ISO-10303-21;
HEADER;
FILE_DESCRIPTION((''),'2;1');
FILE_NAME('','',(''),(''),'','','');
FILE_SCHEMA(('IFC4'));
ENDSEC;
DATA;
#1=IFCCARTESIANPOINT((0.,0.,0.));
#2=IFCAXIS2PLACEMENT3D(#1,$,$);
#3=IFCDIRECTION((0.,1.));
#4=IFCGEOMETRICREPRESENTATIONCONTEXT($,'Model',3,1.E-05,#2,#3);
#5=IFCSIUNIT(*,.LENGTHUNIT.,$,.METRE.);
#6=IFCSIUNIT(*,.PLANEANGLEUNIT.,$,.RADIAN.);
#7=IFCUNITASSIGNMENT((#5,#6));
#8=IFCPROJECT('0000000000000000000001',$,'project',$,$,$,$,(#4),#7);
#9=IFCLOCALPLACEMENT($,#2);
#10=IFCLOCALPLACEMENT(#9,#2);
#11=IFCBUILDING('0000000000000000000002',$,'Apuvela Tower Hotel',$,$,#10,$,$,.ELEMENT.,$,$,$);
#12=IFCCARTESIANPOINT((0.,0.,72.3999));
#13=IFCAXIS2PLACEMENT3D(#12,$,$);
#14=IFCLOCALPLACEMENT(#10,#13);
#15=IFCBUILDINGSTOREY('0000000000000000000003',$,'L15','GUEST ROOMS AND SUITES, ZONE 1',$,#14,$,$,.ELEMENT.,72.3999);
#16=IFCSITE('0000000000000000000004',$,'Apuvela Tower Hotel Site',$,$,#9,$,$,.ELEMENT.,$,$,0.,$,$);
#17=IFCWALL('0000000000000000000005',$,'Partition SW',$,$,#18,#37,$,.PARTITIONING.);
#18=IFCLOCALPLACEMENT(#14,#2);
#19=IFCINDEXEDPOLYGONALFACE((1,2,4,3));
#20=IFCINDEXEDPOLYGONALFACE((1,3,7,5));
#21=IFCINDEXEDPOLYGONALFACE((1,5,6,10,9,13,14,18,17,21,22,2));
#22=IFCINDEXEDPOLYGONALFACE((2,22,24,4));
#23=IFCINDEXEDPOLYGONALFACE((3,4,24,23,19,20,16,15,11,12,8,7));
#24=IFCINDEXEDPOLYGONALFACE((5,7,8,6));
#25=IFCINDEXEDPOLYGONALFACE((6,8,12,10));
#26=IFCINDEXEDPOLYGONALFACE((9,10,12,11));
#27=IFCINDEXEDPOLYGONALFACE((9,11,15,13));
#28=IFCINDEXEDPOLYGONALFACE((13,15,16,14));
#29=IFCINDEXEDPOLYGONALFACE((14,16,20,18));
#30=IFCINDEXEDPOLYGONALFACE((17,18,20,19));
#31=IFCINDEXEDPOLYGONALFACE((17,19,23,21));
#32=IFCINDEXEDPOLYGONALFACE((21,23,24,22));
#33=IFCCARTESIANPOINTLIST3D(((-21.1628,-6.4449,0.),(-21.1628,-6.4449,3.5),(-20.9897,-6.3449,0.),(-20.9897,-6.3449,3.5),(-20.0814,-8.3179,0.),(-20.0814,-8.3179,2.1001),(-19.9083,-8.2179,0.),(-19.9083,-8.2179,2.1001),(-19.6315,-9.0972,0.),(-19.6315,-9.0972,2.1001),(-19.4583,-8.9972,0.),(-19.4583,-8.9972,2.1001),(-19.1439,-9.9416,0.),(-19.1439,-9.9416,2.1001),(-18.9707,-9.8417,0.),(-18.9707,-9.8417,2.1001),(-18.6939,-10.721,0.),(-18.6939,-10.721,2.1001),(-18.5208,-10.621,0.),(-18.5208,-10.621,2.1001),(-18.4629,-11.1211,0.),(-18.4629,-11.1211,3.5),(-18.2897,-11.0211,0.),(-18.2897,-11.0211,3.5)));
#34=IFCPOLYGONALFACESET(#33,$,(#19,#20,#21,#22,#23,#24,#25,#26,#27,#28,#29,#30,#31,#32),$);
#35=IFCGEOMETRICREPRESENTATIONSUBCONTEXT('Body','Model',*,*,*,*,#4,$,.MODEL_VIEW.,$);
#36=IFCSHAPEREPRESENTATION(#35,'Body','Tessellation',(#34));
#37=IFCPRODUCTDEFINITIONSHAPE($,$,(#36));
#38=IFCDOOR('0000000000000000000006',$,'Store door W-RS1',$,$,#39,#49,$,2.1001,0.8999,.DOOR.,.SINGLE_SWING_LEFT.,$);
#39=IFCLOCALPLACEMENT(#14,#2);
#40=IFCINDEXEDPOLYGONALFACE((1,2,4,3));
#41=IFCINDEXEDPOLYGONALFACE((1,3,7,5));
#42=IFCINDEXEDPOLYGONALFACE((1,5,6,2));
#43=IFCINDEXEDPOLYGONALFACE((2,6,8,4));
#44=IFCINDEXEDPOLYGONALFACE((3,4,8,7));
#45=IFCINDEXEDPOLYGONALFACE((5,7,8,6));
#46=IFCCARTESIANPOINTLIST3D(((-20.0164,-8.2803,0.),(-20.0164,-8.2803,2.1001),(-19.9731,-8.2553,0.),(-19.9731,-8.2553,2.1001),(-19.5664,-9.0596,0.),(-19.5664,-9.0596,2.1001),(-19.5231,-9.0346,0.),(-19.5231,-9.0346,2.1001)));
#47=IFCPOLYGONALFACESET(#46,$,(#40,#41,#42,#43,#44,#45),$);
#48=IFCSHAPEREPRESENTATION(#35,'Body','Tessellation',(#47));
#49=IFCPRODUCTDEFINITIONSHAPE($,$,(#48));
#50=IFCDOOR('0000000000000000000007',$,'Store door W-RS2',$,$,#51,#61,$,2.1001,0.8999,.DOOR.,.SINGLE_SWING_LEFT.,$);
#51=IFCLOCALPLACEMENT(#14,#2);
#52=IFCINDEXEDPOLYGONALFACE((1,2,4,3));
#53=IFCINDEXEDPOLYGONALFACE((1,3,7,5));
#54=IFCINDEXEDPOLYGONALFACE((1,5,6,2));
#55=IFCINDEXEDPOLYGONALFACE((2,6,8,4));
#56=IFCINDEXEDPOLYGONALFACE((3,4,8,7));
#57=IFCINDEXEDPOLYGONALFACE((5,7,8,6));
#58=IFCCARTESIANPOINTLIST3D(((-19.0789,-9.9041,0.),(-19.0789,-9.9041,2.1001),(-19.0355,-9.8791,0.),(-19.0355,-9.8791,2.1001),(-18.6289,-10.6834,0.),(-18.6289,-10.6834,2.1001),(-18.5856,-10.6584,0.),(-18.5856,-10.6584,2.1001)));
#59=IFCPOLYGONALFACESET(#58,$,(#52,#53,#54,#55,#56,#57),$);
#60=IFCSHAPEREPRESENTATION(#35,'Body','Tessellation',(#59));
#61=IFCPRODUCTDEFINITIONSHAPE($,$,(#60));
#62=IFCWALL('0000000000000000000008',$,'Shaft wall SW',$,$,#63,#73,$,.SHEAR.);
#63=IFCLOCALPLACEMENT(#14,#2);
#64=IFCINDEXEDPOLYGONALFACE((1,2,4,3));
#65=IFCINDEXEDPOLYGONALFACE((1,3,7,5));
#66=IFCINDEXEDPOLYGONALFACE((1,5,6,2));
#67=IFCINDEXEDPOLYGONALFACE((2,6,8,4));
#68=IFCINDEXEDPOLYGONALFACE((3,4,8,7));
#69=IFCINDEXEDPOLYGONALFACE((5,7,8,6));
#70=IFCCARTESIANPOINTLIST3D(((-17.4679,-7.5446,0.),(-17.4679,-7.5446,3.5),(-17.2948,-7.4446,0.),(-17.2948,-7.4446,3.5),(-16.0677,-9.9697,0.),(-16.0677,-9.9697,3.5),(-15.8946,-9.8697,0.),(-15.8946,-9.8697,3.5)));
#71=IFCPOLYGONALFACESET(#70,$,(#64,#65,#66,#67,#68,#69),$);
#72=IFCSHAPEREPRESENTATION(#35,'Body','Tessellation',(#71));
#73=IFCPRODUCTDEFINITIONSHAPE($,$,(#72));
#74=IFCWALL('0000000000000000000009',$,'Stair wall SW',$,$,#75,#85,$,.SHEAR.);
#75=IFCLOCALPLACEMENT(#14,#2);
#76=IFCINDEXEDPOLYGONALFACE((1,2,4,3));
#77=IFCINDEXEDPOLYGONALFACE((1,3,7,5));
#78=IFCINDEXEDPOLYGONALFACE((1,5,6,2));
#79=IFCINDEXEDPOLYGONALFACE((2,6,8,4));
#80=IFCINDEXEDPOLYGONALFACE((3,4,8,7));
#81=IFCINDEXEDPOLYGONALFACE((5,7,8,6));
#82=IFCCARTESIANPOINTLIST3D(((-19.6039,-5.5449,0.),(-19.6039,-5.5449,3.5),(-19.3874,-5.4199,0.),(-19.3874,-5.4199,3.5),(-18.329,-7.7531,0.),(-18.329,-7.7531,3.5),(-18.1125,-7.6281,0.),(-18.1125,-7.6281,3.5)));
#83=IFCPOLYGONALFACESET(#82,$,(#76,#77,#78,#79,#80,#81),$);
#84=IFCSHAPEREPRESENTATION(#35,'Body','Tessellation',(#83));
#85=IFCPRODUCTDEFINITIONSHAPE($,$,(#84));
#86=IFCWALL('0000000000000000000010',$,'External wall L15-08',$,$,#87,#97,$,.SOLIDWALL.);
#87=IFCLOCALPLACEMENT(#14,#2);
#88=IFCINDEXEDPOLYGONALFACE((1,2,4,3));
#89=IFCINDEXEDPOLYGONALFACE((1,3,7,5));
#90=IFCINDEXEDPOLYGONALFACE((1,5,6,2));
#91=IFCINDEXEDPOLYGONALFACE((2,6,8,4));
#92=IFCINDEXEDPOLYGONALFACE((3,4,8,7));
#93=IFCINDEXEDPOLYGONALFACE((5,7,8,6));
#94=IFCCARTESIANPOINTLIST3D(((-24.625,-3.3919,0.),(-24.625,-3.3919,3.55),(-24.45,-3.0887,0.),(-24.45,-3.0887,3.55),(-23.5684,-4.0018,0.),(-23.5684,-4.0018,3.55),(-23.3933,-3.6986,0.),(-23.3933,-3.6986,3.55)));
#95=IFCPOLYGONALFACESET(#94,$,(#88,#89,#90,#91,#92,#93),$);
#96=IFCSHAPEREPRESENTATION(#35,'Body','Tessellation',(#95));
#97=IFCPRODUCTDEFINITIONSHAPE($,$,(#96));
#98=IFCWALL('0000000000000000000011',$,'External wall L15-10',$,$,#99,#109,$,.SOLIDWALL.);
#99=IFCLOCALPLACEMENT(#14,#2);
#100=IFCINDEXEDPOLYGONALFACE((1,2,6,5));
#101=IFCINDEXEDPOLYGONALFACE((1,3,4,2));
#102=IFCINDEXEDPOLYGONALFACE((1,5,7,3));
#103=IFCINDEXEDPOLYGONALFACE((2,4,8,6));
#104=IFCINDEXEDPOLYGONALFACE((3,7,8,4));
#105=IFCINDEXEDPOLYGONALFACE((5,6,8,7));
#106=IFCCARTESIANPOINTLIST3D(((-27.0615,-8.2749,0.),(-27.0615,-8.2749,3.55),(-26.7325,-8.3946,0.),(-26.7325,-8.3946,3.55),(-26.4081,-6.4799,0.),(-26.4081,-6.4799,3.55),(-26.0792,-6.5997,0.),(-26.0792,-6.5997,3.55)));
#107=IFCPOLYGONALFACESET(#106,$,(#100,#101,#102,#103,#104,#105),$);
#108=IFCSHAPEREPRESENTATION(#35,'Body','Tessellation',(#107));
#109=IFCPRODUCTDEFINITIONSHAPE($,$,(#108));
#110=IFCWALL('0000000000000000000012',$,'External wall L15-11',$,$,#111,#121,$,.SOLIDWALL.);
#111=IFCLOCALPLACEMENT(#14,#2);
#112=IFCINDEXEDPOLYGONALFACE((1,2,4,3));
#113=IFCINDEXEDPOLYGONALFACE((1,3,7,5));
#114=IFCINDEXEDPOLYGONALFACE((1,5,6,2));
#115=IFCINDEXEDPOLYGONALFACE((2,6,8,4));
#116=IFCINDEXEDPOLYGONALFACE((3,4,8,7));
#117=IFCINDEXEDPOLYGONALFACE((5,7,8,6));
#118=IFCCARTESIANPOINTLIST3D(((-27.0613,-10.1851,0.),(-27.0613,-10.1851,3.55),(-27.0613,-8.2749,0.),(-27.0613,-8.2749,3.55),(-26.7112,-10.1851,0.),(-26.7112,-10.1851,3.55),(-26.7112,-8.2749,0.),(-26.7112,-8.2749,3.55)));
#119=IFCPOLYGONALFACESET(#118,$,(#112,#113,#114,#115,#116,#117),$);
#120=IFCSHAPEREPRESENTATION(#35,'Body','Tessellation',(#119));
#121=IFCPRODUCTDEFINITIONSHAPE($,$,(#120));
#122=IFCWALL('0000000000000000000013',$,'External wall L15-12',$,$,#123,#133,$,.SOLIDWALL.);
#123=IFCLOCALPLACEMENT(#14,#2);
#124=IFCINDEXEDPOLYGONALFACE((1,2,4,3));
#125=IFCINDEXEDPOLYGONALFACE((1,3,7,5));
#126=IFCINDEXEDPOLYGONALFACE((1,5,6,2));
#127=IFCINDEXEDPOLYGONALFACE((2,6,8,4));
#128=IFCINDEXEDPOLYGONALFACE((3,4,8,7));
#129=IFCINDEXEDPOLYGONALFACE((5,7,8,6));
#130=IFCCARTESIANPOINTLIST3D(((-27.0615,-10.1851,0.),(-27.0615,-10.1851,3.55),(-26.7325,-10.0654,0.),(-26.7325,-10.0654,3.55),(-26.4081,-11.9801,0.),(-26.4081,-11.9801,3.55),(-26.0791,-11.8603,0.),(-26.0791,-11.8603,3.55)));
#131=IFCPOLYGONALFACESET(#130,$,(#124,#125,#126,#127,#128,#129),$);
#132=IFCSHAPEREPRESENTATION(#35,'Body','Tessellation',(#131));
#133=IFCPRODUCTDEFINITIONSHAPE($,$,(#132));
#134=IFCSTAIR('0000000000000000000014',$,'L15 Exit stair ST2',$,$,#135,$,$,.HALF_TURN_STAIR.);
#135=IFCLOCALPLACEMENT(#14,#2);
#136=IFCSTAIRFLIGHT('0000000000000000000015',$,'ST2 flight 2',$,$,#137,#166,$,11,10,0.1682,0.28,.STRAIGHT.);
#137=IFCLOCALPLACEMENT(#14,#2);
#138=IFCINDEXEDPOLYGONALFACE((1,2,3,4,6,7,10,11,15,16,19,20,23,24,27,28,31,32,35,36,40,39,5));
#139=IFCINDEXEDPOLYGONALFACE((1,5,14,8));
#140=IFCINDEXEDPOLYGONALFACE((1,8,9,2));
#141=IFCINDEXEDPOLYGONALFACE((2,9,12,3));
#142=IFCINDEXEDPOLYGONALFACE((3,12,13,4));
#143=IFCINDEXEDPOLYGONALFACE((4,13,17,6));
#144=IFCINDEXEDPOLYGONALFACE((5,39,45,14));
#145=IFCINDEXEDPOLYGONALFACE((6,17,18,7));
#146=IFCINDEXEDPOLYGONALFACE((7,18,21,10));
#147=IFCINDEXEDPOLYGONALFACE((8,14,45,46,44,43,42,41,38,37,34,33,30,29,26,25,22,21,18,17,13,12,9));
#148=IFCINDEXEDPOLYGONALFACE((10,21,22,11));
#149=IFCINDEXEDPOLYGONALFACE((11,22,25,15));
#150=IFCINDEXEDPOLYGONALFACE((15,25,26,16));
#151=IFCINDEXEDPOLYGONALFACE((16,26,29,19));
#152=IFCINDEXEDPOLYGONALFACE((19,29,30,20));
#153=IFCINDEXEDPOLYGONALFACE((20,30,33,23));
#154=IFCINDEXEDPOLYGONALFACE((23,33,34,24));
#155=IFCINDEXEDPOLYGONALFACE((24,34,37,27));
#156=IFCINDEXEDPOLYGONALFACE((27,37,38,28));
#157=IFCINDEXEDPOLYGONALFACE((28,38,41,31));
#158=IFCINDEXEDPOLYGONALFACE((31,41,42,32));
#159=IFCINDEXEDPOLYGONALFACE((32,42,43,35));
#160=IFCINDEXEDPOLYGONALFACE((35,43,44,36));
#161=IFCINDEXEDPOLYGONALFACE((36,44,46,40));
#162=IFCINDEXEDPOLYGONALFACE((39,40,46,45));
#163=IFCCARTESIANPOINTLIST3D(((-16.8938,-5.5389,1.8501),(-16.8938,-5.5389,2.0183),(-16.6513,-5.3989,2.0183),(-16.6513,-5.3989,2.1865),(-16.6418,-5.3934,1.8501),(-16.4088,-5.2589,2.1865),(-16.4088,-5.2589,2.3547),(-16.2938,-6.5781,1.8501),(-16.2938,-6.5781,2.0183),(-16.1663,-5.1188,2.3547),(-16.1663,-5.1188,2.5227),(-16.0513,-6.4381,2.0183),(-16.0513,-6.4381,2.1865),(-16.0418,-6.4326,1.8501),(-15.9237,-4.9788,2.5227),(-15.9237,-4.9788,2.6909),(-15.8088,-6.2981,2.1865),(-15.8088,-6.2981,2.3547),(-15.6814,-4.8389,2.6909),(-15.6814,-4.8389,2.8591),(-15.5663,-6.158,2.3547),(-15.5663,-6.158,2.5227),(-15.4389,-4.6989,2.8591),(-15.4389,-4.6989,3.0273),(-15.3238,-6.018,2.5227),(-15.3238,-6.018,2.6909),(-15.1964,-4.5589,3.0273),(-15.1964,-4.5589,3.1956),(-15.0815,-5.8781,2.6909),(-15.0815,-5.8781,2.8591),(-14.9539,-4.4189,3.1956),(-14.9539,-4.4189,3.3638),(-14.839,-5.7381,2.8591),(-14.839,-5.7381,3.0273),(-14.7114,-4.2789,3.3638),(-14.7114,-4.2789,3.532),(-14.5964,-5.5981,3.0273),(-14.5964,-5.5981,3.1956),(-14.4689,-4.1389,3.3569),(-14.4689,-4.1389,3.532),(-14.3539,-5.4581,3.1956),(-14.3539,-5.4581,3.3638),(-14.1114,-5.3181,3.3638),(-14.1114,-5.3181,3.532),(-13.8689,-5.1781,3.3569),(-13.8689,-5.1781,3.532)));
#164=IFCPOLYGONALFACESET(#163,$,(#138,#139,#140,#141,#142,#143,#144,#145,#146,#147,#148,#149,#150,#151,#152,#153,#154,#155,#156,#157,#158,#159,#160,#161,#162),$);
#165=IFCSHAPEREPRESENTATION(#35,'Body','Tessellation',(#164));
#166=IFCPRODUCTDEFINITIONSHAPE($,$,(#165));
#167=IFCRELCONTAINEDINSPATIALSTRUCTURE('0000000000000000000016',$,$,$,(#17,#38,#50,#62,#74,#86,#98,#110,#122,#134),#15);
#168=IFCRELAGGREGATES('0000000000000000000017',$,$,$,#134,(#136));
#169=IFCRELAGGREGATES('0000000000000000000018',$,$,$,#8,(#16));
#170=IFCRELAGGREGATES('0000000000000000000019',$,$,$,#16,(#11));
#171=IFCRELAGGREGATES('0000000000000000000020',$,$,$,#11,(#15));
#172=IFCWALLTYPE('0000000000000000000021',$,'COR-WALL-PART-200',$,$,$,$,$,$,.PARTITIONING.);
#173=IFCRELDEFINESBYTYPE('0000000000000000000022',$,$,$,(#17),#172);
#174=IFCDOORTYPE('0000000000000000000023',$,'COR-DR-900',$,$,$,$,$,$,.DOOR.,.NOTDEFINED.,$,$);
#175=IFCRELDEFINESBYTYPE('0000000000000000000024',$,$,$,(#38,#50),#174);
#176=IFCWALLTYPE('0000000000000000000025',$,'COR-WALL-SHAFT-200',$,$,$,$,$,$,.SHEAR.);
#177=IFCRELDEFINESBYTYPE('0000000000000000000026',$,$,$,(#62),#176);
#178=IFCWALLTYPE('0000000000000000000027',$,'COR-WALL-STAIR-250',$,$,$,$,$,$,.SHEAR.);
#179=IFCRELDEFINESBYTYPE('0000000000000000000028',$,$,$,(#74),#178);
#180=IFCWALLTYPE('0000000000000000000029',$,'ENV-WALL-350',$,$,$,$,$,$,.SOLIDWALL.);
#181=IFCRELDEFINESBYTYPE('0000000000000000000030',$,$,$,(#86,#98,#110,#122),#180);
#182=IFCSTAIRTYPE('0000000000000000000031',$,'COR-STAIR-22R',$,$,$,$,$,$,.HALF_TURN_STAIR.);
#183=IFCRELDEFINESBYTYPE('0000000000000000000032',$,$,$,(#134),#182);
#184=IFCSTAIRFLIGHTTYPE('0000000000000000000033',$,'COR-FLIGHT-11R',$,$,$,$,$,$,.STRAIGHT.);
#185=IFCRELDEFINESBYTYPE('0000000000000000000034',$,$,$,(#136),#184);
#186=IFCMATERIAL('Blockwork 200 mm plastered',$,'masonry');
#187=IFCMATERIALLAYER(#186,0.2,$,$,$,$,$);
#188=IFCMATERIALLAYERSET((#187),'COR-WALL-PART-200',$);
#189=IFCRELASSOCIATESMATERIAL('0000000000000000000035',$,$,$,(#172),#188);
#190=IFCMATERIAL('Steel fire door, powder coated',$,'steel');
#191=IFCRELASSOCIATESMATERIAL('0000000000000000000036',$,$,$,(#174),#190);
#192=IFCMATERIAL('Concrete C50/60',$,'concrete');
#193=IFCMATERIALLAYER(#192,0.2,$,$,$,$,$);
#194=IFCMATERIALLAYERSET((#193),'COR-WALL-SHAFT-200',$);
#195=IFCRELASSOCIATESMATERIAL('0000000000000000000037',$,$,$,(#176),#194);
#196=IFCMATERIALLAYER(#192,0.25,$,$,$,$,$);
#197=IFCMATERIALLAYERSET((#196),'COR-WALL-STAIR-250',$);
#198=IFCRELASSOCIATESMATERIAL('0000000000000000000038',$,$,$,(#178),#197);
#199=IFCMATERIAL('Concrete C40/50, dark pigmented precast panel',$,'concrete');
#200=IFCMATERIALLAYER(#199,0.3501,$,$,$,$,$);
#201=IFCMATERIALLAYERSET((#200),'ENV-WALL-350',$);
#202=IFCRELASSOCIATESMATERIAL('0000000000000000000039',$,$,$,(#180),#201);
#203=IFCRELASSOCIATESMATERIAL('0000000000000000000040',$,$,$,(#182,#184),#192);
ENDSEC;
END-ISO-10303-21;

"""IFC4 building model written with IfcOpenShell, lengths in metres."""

from ifc_helpers import new_model, si_unit, direction, frame, frame_2d, origin, place, context, subcontext, project, spatial, polyline, rectangle, outline, extrude, material, layer, layer_set, type_object, element, fill, aggregate, save


model = new_model("IFC4")

# Units and contexts
model_context = context("Model", 3, precision=1e-05, world=origin(), true_north=direction((0.0, 1.0)))
body_context = subcontext(model_context, "Body", "Model", "MODEL_VIEW")
ifc_project = project(units=[si_unit("LENGTHUNIT", "METRE"), si_unit("PLANEANGLEUNIT", "RADIAN")], contexts=[model_context])

# Site, building, storey
site_placement = place(None, origin())
site = spatial("IfcSite", under=ifc_project, at=site_placement, Name="Apuvela Tower Hotel Site", CompositionType="ELEMENT", RefElevation=0.0)
building_placement = place(site_placement, origin())
building = spatial("IfcBuilding", under=site, at=building_placement, Name="Apuvela Tower Hotel", CompositionType="ELEMENT")
storey_placement = place(building_placement, frame((0.0, 0.0, 72.3999)))
storey = spatial("IfcBuildingStorey", under=building, at=storey_placement, Name="L15", Description="GUEST ROOMS AND SUITES, ZONE 1", CompositionType="ELEMENT", Elevation=72.3999)

# Wall, openings, doors
ifc_material_1 = material(Name="Blockwork 200 mm plastered", Category="masonry")
ifc_layer_1 = layer(ifc_material_1, 0.2)
ifc_layer_set_1 = layer_set([ifc_layer_1], Name="COR-WALL-PART-200")
wall_type_1 = type_object("IfcWallType", Name="COR-WALL-PART-200", PredefinedType="PARTITIONING", material=ifc_layer_set_1)
wall_1_placement = place(storey_placement, frame((-21.0762, -6.395, 0.0), z_axis=(0.0, 0.0, 1.0), x_axis=(0.500015, -0.866017, 0.0)))
wall_1 = element("IfcWall", 1, at=wall_1_placement, inside=storey, type_object=wall_type_1, Name="Partition SW", PredefinedType="PARTITIONING", context=body_context, shape_type="SweptSolid", body=[
    extrude(rectangle(XDim=5.3997, YDim=0.2, at=frame_2d((2.6997, 0.0))), origin(), (0.0, 0.0, 1.0), 3.5),
])
opening_1_placement = place(wall_1_placement, frame((2.1626, 0.0, 0.0)))
opening_1 = element("IfcOpeningElement", 2, at=opening_1_placement, cuts=wall_1, PredefinedType="OPENING", context=body_context, shape_type="SweptSolid", body=[
    extrude(rectangle(XDim=0.8999, YDim=2.1001, at=frame_2d((0.45, 1.05))), frame((0.0, 0.1099, 0.0), z_axis=(0.0, -1.0, 0.0), x_axis=(1.0, 0.0, 0.0)), (0.0, 0.0, 1.0), 0.22),
])
opening_2_placement = place(wall_1_placement, frame((4.0376, 0.0, 0.0)))
opening_2 = element("IfcOpeningElement", 3, at=opening_2_placement, cuts=wall_1, PredefinedType="OPENING", context=body_context, shape_type="SweptSolid", body=[
    extrude(rectangle(XDim=0.8999, YDim=2.1001, at=frame_2d((0.45, 1.05))), frame((0.0, 0.1099, 0.0), z_axis=(0.0, -1.0, 0.0), x_axis=(1.0, 0.0, 0.0)), (0.0, 0.0, 1.0), 0.22),
])
ifc_material_2 = material(Name="Steel fire door, powder coated", Category="steel")
door_type_1 = type_object("IfcDoorType", Name="COR-DR-900", OperationType="NOTDEFINED", PredefinedType="DOOR", material=ifc_material_2)
door_1_placement = place(opening_1_placement, frame((0.8999, 0.0, 0.0), z_axis=(0.0, 0.0, 1.0), x_axis=(-1.0, 0.0, 0.0)))
door_1 = element("IfcDoor", 4, at=door_1_placement, inside=storey, type_object=door_type_1, Name="Store door W-RS1", OperationType="SINGLE_SWING_LEFT", OverallHeight=2.1001, OverallWidth=0.8999, PredefinedType="DOOR", context=body_context, shape_type="SweptSolid", body=[
    extrude(rectangle(XDim=0.8999, YDim=2.1001, at=frame_2d((0.45, 1.05))), frame((0.0, 0.0249, 0.0), z_axis=(0.0, -1.0, 0.0), x_axis=(1.0, 0.0, 0.0)), (0.0, 0.0, 1.0), 0.05),
])
fill(opening_1, door_1)
door_2_placement = place(opening_2_placement, frame((0.8999, 0.0, 0.0), z_axis=(0.0, 0.0, 1.0), x_axis=(-1.0, 0.0, 0.0)))
door_2 = element("IfcDoor", 5, at=door_2_placement, inside=storey, type_object=door_type_1, Name="Store door W-RS2", OperationType="SINGLE_SWING_LEFT", OverallHeight=2.1001, OverallWidth=0.8999, PredefinedType="DOOR", context=body_context, shape_type="SweptSolid", body=[
    extrude(rectangle(XDim=0.8999, YDim=2.1001, at=frame_2d((0.45, 1.05))), frame((0.0, 0.0249, 0.0), z_axis=(0.0, -1.0, 0.0), x_axis=(1.0, 0.0, 0.0)), (0.0, 0.0, 1.0), 0.05),
])
fill(opening_2, door_2)

# Walls
ifc_material_3 = material(Name="Concrete C50/60", Category="concrete")
ifc_layer_2 = layer(ifc_material_3, 0.2)
ifc_layer_set_2 = layer_set([ifc_layer_2], Name="COR-WALL-SHAFT-200")
wall_type_2 = type_object("IfcWallType", Name="COR-WALL-SHAFT-200", PredefinedType="SHEAR", material=ifc_layer_set_2)
wall_2_placement = place(storey_placement, frame((-17.3813, -7.4946, 0.0), z_axis=(0.0, 0.0, 1.0), x_axis=(0.500012, -0.866019, 0.0)))
element("IfcWall", 6, at=wall_2_placement, inside=storey, type_object=wall_type_2, Name="Shaft wall SW", PredefinedType="SHEAR", context=body_context, shape_type="SweptSolid", body=[
    extrude(rectangle(XDim=2.8003, YDim=0.2, at=frame_2d((1.4001, 0.0))), origin(), (0.0, 0.0, 1.0), 3.5),
])
ifc_layer_3 = layer(ifc_material_3, 0.25)
ifc_layer_set_3 = layer_set([ifc_layer_3], Name="COR-WALL-STAIR-250")
wall_type_3 = type_object("IfcWallType", Name="COR-WALL-STAIR-250", PredefinedType="SHEAR", material=ifc_layer_set_3)
wall_3_placement = place(storey_placement, frame((-19.4956, -5.4824, 0.0), z_axis=(0.0, 0.0, 1.0), x_axis=(0.49999, -0.866031, 0.0)))
element("IfcWall", 7, at=wall_3_placement, inside=storey, type_object=wall_type_3, Name="Stair wall SW", PredefinedType="SHEAR", context=body_context, shape_type="SweptSolid", body=[
    extrude(rectangle(XDim=2.5498, YDim=0.25, at=frame_2d((1.2749, 0.0))), origin(), (0.0, 0.0, 1.0), 3.5),
])
ifc_material_4 = material(Name="Concrete C40/50, dark pigmented precast panel", Category="concrete")
ifc_layer_4 = layer(ifc_material_4, 0.3501)
ifc_layer_set_4 = layer_set([ifc_layer_4], Name="ENV-WALL-350")
wall_type_4 = type_object("IfcWallType", Name="ENV-WALL-350", PredefinedType="SOLIDWALL", material=ifc_layer_set_4)
wall_4_placement = place(storey_placement, frame((-23.481, -3.8501, 0.0), z_axis=(0.0, 0.0, 1.0), x_axis=(-0.866092, 0.499884, 0.0)))
element("IfcWall", 8, at=wall_4_placement, inside=storey, type_object=wall_type_4, Name="External wall L15-08", PredefinedType="SOLIDWALL", context=body_context, shape_type="SweptSolid", body=[
    extrude(rectangle(XDim=1.22, YDim=0.3501, at=frame_2d((0.6099, 0.0))), origin(), (0.0, 0.0, 1.0), 3.55),
])
for number, where, z_axis, x_axis, name in (
    (9, (-26.2437, -6.5398, 0.0), (0.0, 0.0, 1.0), (-0.34203, -0.939689, 0.0), "External wall L15-10"),
    (10, (-26.8862, -8.2749, 0.0), (0.0, 0.0, 1.0), (0.0, -1.0, 0.0), "External wall L15-11"),
    (11, (-26.897, -10.1252, 0.0), (0.0, 0.0, 1.0), (0.34203, -0.939689, 0.0), "External wall L15-12"),
):
    element("IfcWall", number, at=place(storey_placement, frame(where, z_axis=z_axis, x_axis=x_axis)), inside=storey, type_object=wall_type_4, Name=name, PredefinedType="SOLIDWALL", context=body_context, shape_type="SweptSolid", body=[
        extrude(rectangle(XDim=1.9102, YDim=0.3501, at=frame_2d((0.9551, 0.0))), origin(), (0.0, 0.0, 1.0), 3.55),
    ])

# Stair, stair flight
stair_type = type_object("IfcStairType", Name="COR-STAIR-22R", PredefinedType="HALF_TURN_STAIR", material=ifc_material_3)
stair_placement = place(storey_placement, origin())
stair = element("IfcStair", 12, at=stair_placement, inside=storey, type_object=stair_type, Name="L15 Exit stair ST2", PredefinedType="HALF_TURN_STAIR")
stair_flight_type = type_object("IfcStairFlightType", Name="COR-FLIGHT-11R", PredefinedType="STRAIGHT", material=ifc_material_3)
stair_flight_placement = place(storey_placement, frame((-16.5938, -6.0586, 1.8501), z_axis=(0.0, 0.0, 1.0), x_axis=(0.866025, 0.5, 0.0)))
stair_flight = element("IfcStairFlight", 13, at=stair_flight_placement, type_object=stair_flight_type, Name="ST2 flight 2", NumberOfRisers=11, NumberOfTreads=10, PredefinedType="STRAIGHT", RiserHeight=0.1682, TreadLength=0.28, context=body_context, shape_type="SweptSolid", body=[
    extrude(outline(polyline([(0.0, 0.0), (0.0, 0.1682), (0.28, 0.1682), (0.28, 0.3364), (0.5601, 0.3364), (0.5601, 0.5046), (0.8401, 0.5046), (0.8401, 0.6726), (1.1201, 0.6726), (1.1201, 0.8408), (1.3999, 0.8408), (1.3999, 1.009), (1.6799, 1.009), (1.6799, 1.1772), (1.96, 1.1772), (1.96, 1.3455), (2.24, 1.3455), (2.24, 1.5137), (2.52, 1.5137), (2.52, 1.6819), (2.8, 1.6819), (2.8, 1.8501), (2.8, 1.5068), (0.291, 0.0), (0.0, 0.0)])), frame((0.0, 0.6001, 0.0), z_axis=(0.0, -1.0, 0.0), x_axis=(1.0, 0.0, 0.0)), (0.0, 0.0, 1.0), 1.2),
])
aggregate(stair, [stair_flight])

save(model, "model.ifc")
